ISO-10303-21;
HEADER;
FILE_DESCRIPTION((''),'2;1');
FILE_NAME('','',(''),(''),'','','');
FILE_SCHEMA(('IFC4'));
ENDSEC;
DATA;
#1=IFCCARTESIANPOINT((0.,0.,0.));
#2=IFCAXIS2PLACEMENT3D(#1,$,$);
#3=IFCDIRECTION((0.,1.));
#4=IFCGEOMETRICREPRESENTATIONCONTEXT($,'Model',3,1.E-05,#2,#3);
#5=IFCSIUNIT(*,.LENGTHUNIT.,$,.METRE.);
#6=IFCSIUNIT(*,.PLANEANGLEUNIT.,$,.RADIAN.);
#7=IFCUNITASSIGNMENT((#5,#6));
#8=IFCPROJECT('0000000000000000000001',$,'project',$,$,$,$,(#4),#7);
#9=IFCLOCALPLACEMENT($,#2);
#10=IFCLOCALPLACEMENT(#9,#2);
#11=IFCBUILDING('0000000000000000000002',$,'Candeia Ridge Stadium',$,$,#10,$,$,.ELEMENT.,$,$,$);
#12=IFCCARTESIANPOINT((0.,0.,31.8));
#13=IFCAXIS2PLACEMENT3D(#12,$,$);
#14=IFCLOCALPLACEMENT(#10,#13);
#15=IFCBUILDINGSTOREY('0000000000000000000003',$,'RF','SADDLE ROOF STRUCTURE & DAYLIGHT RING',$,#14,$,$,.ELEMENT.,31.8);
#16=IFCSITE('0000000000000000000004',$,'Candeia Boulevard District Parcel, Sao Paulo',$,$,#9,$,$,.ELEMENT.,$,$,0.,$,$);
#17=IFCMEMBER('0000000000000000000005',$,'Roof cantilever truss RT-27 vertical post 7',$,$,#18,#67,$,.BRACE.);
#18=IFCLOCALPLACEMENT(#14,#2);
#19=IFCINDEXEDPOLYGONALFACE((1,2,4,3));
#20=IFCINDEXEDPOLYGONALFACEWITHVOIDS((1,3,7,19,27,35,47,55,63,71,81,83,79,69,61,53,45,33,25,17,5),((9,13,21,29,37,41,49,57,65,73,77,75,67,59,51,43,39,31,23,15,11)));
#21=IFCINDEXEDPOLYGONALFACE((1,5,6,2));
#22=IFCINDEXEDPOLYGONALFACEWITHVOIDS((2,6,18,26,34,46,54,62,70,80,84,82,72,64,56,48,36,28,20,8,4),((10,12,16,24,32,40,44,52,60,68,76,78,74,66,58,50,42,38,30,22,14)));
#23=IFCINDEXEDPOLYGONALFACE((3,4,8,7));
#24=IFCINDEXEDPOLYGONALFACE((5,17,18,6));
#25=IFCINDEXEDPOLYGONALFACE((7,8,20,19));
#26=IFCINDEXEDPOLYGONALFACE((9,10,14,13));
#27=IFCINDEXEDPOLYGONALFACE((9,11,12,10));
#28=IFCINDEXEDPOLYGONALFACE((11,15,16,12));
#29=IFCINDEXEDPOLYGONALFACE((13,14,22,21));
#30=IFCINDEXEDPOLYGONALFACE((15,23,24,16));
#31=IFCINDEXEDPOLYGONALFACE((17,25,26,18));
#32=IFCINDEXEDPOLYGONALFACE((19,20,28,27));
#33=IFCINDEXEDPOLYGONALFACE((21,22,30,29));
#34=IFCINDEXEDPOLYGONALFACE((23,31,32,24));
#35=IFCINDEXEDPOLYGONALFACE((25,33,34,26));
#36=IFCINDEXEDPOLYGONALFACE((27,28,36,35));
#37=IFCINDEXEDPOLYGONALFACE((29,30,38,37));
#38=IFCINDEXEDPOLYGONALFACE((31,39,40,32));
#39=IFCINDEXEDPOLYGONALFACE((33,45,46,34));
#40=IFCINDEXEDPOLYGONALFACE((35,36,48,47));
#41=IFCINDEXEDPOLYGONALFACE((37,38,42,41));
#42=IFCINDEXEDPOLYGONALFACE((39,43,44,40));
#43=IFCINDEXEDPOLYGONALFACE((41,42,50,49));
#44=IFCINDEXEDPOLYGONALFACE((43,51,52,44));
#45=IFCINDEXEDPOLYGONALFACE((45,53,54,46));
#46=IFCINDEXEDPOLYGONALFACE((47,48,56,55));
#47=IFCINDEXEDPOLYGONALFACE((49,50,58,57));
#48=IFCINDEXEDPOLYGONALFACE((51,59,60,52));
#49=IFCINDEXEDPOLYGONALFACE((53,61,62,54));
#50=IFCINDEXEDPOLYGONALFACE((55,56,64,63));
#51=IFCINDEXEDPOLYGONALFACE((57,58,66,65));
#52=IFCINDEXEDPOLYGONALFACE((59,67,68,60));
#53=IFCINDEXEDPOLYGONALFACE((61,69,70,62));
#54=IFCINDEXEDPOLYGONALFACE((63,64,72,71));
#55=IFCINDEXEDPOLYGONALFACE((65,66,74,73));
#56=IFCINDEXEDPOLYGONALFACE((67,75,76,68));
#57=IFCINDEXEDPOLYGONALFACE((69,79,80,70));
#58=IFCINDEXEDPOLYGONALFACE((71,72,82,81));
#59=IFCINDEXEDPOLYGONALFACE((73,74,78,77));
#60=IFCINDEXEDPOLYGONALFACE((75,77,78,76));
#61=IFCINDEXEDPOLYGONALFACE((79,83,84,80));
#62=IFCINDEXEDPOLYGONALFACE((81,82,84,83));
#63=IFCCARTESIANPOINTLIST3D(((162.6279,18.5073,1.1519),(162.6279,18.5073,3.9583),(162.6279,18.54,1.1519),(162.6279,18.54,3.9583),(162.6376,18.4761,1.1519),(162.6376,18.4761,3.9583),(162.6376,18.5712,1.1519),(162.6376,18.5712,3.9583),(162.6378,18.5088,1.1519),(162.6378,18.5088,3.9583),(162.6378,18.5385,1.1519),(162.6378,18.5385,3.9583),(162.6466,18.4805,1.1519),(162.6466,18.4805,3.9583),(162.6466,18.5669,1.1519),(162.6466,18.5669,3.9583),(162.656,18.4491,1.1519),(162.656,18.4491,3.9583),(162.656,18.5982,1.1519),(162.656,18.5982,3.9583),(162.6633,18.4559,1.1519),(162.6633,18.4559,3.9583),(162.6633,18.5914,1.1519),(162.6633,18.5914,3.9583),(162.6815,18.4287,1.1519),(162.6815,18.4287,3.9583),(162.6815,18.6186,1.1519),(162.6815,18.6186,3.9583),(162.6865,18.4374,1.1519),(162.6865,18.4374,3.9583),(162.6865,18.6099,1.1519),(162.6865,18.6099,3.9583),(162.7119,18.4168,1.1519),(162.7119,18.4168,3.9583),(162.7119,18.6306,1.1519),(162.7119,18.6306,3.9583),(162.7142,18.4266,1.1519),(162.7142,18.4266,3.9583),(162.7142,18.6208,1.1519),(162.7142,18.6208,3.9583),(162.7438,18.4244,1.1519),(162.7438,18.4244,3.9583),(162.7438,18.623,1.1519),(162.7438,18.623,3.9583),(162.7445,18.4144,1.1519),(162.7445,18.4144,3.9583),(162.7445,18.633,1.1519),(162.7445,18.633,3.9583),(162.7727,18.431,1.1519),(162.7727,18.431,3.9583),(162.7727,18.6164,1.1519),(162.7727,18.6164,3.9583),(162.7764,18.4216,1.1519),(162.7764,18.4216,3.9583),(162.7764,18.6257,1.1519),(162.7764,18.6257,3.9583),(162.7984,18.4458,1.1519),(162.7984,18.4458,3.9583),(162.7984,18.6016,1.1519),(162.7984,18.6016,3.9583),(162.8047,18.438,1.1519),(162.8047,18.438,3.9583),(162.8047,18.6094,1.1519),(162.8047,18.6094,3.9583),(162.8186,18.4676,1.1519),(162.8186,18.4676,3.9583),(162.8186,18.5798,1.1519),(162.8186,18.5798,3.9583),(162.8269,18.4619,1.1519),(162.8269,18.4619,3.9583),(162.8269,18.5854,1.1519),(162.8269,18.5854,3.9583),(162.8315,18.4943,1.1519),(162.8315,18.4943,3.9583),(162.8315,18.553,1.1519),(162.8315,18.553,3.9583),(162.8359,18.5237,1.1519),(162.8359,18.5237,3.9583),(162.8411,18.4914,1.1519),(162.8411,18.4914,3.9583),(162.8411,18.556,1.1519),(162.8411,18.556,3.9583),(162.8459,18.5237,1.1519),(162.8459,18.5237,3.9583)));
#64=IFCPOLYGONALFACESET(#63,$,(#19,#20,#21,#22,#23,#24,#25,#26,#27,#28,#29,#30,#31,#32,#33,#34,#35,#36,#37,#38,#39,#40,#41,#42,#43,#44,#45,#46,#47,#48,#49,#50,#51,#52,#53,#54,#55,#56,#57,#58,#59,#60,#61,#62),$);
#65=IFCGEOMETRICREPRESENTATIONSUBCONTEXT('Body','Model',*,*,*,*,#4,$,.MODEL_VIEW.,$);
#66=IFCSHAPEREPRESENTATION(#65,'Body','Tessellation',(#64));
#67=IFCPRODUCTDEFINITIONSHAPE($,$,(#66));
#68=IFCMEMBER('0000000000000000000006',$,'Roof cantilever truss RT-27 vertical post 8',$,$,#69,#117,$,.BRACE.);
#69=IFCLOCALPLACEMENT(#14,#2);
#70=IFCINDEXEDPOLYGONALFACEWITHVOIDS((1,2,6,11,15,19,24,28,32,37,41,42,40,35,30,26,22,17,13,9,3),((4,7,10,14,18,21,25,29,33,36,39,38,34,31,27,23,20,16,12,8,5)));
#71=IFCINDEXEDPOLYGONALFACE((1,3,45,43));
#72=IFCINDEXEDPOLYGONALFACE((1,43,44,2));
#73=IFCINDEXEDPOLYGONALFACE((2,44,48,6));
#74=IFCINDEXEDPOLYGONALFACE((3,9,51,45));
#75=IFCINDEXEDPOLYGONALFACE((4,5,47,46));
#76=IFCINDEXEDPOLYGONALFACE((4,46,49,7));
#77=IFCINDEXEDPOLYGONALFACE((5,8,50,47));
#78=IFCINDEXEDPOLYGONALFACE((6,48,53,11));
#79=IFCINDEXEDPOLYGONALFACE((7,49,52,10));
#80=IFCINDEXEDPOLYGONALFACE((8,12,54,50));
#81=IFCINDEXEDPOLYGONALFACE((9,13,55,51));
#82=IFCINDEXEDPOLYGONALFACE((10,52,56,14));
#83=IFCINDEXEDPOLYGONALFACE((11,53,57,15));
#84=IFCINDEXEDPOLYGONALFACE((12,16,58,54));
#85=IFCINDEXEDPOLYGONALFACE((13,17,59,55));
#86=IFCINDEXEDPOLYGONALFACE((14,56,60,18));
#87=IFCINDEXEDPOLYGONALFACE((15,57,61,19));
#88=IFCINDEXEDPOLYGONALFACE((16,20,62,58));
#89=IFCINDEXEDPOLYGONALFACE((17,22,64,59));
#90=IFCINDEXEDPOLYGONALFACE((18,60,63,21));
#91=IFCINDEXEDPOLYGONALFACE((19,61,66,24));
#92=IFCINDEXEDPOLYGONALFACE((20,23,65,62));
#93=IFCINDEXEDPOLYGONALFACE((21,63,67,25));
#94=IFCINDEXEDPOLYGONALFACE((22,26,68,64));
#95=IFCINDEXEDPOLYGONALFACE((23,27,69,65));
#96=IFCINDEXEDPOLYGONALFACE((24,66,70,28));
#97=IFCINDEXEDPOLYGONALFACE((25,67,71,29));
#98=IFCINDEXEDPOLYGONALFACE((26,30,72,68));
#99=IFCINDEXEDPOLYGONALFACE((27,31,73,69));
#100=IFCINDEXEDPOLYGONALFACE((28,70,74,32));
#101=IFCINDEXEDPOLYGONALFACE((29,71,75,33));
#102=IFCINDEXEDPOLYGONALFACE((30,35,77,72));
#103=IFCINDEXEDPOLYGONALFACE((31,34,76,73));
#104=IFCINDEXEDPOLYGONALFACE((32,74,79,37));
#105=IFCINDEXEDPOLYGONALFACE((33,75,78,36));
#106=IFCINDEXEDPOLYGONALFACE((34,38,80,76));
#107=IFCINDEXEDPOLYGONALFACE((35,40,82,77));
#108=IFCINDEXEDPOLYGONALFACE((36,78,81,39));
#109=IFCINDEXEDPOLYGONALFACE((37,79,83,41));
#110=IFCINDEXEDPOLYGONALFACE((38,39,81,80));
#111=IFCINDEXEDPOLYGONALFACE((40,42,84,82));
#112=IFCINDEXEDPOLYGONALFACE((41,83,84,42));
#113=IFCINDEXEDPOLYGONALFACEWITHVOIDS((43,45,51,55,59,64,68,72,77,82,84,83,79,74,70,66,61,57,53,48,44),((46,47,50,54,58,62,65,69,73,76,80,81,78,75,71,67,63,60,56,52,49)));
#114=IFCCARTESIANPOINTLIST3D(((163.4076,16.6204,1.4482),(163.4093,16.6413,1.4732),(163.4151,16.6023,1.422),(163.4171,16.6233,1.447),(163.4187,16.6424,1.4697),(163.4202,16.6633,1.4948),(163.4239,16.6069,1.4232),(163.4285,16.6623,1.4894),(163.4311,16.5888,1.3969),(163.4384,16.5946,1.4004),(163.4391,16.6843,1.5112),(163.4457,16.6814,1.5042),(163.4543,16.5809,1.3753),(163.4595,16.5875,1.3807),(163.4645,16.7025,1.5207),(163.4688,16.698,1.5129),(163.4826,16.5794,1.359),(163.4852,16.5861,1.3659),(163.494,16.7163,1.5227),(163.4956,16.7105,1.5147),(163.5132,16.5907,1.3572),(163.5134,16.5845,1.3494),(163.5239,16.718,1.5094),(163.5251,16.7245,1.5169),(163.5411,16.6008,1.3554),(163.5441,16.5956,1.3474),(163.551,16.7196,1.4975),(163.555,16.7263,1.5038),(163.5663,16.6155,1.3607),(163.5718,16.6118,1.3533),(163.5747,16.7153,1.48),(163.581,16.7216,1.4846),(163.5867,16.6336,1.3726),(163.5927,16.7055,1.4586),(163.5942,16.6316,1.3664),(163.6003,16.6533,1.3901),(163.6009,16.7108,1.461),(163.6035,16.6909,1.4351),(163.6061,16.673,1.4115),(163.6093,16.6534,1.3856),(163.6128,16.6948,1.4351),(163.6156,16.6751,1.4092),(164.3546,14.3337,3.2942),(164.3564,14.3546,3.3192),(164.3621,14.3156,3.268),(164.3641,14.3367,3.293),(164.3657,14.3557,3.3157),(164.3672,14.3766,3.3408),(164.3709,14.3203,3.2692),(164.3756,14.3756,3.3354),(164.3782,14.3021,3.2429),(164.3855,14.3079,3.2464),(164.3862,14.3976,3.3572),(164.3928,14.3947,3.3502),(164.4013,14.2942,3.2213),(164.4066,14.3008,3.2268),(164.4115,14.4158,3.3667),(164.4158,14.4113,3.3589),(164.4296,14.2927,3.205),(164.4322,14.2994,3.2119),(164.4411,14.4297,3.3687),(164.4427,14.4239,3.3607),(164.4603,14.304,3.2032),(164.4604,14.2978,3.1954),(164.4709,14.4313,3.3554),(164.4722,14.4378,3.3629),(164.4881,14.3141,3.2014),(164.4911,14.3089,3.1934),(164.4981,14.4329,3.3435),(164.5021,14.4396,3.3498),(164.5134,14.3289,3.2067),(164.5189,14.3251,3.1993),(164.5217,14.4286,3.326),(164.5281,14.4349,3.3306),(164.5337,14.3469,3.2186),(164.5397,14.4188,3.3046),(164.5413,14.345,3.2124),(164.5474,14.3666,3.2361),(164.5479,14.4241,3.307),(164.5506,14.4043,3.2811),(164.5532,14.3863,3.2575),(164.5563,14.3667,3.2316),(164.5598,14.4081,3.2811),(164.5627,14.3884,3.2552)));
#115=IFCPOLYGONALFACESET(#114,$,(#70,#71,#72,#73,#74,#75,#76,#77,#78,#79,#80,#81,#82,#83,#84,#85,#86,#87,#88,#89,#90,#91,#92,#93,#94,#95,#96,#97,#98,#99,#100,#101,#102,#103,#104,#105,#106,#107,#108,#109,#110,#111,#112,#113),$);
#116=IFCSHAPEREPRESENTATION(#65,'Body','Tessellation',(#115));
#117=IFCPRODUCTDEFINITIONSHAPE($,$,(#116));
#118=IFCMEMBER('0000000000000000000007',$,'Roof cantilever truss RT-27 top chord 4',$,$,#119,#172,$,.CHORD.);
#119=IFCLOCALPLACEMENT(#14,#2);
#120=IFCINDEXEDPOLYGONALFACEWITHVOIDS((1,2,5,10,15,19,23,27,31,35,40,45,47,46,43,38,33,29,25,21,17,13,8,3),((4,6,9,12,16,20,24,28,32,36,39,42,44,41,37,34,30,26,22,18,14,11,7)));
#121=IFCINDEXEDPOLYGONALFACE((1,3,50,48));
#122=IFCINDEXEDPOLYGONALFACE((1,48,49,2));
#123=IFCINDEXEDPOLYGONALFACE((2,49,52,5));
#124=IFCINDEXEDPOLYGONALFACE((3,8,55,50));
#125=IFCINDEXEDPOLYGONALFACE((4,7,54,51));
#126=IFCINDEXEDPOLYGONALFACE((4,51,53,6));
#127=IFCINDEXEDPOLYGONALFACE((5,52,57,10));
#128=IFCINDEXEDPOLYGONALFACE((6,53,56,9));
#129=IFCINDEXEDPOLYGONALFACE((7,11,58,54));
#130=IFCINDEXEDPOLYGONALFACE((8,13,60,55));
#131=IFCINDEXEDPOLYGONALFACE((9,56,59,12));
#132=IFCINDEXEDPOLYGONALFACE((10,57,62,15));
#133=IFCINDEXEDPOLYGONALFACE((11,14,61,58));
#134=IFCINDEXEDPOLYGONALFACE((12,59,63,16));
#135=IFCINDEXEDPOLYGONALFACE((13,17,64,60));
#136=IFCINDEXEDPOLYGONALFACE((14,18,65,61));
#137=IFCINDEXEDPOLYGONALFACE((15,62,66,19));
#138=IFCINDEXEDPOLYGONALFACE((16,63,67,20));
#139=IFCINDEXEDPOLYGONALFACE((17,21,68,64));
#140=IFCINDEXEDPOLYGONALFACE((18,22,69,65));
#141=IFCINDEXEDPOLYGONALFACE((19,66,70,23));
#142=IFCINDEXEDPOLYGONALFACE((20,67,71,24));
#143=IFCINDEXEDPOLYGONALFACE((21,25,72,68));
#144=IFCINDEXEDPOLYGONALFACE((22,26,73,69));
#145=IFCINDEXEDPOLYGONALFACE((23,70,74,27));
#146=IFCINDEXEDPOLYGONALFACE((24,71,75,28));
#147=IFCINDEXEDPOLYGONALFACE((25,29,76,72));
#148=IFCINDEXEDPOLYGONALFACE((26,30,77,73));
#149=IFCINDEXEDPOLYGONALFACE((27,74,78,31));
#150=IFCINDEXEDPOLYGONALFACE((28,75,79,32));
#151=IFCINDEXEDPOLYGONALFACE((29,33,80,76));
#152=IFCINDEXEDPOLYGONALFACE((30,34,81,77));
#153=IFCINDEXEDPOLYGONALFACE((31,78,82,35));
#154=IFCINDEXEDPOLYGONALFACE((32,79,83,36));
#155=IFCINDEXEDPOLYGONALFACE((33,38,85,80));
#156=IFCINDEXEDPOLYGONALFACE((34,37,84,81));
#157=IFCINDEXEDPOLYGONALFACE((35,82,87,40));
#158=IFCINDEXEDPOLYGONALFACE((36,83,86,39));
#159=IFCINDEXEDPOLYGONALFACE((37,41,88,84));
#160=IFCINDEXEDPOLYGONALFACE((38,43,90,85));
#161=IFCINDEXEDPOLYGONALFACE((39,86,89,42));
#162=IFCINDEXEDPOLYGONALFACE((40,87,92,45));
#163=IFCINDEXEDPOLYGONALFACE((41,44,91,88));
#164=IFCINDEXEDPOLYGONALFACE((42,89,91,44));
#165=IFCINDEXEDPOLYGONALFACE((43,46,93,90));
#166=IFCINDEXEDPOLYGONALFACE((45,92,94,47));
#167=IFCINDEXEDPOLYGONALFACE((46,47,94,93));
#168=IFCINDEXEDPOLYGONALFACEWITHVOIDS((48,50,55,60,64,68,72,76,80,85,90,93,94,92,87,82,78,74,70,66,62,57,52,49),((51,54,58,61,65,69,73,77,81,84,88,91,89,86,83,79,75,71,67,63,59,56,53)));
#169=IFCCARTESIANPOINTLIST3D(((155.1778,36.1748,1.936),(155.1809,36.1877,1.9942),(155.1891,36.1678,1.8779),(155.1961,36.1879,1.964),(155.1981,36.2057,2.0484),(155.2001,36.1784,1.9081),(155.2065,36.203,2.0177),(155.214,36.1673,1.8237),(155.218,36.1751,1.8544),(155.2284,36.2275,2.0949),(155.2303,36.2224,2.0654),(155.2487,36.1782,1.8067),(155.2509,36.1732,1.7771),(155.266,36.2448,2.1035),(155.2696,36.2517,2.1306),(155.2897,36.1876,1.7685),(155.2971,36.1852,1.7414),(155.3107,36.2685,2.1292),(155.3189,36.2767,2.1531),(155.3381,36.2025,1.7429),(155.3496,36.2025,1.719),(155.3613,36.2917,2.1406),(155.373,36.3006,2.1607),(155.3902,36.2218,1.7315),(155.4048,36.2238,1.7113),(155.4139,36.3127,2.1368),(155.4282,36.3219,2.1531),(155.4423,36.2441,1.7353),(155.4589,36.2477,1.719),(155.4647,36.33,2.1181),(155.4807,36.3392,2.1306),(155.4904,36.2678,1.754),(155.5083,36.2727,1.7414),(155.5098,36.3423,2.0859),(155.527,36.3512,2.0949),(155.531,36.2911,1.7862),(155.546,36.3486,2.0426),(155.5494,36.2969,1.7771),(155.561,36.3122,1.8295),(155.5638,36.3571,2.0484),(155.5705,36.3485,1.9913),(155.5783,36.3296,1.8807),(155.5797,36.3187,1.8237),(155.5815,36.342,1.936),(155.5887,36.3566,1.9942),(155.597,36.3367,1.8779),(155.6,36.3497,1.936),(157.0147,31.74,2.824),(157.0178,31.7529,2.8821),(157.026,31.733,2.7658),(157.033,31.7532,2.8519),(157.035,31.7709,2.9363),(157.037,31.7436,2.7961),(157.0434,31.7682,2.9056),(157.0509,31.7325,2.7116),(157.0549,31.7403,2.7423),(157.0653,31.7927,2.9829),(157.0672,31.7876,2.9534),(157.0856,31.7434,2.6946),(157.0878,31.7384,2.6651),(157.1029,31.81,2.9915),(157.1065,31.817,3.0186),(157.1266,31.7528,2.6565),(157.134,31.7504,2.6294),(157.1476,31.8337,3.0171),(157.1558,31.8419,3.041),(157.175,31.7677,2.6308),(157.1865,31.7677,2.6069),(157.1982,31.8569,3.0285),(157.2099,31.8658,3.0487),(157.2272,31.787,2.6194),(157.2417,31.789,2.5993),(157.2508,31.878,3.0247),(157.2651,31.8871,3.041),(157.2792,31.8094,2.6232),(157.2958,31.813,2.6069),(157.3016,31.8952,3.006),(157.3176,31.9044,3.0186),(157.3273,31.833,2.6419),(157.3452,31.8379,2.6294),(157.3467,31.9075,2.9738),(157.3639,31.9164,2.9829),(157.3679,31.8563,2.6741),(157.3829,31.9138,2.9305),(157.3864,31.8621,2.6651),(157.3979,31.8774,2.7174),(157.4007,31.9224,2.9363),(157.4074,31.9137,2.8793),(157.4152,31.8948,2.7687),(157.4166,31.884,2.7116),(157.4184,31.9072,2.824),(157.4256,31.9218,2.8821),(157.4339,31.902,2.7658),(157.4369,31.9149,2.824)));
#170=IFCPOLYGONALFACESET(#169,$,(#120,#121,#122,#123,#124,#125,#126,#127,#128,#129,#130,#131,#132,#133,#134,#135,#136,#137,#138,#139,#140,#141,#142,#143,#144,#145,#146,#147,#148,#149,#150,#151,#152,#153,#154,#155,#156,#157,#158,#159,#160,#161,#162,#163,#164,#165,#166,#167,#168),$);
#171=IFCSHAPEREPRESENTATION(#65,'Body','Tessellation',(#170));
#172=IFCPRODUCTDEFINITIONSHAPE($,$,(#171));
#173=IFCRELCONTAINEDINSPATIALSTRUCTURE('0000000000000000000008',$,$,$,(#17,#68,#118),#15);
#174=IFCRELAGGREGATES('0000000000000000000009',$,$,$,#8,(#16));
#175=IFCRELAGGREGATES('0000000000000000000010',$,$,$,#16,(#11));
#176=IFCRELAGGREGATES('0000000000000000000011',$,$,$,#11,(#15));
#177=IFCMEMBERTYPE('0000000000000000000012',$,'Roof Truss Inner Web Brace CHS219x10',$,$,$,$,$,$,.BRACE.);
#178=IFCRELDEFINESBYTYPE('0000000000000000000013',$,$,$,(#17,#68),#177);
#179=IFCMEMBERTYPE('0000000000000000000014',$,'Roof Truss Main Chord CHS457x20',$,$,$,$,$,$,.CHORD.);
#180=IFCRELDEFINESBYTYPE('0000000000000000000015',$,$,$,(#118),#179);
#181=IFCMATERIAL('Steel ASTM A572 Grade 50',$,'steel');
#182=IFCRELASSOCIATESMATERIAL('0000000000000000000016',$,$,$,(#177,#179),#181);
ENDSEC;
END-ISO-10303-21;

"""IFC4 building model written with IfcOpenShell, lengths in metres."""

from ifc_helpers import new_model, si_unit, direction, frame, origin, origin_2d, place, context, subcontext, project, spatial, hollow_circle, extrude, material, material_profile, profile_set, type_object, element, save


model = new_model("IFC4")

# Units and contexts
model_context = context("Model", 3, precision=1e-05, world=origin(), true_north=direction((0.0, 1.0)))
body_context = subcontext(model_context, "Body", "Model", "MODEL_VIEW")
ifc_project = project(units=[si_unit("LENGTHUNIT", "METRE"), si_unit("PLANEANGLEUNIT", "RADIAN")], contexts=[model_context])

# Site, building, storey
site_placement = place(None, origin())
site = spatial("IfcSite", under=ifc_project, at=site_placement, Name="Candeia Boulevard District Parcel, Sao Paulo", CompositionType="ELEMENT", RefElevation=0.0)
building_placement = place(site_placement, origin())
building = spatial("IfcBuilding", under=site, at=building_placement, Name="Candeia Ridge Stadium", CompositionType="ELEMENT")
storey_placement = place(building_placement, frame((0.0, 0.0, 31.8)))
storey = spatial("IfcBuildingStorey", under=building, at=storey_placement, Name="RF", Description="SADDLE ROOF STRUCTURE & DAYLIGHT RING", CompositionType="ELEMENT", Elevation=31.8)

# Shared definitions
ifc_material_1 = material(Name="Steel ASTM A572 Grade 50", Category="steel")

# Members
ifc_material_profile_1 = material_profile(ifc_material_1, hollow_circle(Radius=0.1096, WallThickness=0.01, at=origin_2d()), Name="CHS219x10", Category="steel")
ifc_profile_set_1 = profile_set([ifc_material_profile_1], Name="Steel ASTM A572 Grade 50")
member_type_1 = type_object("IfcMemberType", Name="Roof Truss Inner Web Brace CHS219x10", PredefinedType="BRACE", material=ifc_profile_set_1)
member_1_placement = place(storey_placement, frame((162.7363, 18.5237, 1.1519), z_axis=(0.0, 0.0, 1.0), x_axis=(1.0, 0.0, 0.0)))
element("IfcMember", 1, at=member_1_placement, inside=storey, type_object=member_type_1, Name="Roof cantilever truss RT-27 vertical post 7", PredefinedType="BRACE", context=body_context, shape_type="SweptSolid", body=[
    extrude(hollow_circle(Radius=0.1096, WallThickness=0.01, at=origin_2d()), origin(), (0.0, 0.0, 1.0), 2.8064),
])
member_2_placement = place(storey_placement, frame((163.5115, 16.6528, 1.4351), z_axis=(0.306722, -0.740592, 0.597867), x_axis=(0.923898, 0.382639, 0.0)))
element("IfcMember", 2, at=member_2_placement, inside=storey, type_object=member_type_1, Name="Roof cantilever truss RT-27 vertical post 8", PredefinedType="BRACE", context=body_context, shape_type="SweptSolid", body=[
    extrude(hollow_circle(Radius=0.1096, WallThickness=0.01, at=origin_2d()), origin(), (0.0, 0.0, 1.0), 3.0876),
])
ifc_material_profile_2 = material_profile(ifc_material_1, hollow_circle(Radius=0.2285, WallThickness=0.02, at=origin_2d()), Name="CHS457x20", Category="steel")
ifc_profile_set_2 = profile_set([ifc_material_profile_2], Name="Steel ASTM A572 Grade 50")
member_type_2 = type_object("IfcMemberType", Name="Roof Truss Main Chord CHS457x20", PredefinedType="CHORD", material=ifc_profile_set_2)
member_3_placement = place(storey_placement, frame((155.3889, 36.2622, 1.936), z_axis=(0.376291, -0.908471, 0.181894), x_axis=(0.923883, 0.382675, 0.0)))
element("IfcMember", 3, at=member_3_placement, inside=storey, type_object=member_type_2, Name="Roof cantilever truss RT-27 top chord 4", PredefinedType="CHORD", context=body_context, shape_type="SweptSolid", body=[
    extrude(hollow_circle(Radius=0.2285, WallThickness=0.02, at=origin_2d()), origin(), (0.0, 0.0, 1.0), 4.8816),
])

save(model, "model.ifc")
